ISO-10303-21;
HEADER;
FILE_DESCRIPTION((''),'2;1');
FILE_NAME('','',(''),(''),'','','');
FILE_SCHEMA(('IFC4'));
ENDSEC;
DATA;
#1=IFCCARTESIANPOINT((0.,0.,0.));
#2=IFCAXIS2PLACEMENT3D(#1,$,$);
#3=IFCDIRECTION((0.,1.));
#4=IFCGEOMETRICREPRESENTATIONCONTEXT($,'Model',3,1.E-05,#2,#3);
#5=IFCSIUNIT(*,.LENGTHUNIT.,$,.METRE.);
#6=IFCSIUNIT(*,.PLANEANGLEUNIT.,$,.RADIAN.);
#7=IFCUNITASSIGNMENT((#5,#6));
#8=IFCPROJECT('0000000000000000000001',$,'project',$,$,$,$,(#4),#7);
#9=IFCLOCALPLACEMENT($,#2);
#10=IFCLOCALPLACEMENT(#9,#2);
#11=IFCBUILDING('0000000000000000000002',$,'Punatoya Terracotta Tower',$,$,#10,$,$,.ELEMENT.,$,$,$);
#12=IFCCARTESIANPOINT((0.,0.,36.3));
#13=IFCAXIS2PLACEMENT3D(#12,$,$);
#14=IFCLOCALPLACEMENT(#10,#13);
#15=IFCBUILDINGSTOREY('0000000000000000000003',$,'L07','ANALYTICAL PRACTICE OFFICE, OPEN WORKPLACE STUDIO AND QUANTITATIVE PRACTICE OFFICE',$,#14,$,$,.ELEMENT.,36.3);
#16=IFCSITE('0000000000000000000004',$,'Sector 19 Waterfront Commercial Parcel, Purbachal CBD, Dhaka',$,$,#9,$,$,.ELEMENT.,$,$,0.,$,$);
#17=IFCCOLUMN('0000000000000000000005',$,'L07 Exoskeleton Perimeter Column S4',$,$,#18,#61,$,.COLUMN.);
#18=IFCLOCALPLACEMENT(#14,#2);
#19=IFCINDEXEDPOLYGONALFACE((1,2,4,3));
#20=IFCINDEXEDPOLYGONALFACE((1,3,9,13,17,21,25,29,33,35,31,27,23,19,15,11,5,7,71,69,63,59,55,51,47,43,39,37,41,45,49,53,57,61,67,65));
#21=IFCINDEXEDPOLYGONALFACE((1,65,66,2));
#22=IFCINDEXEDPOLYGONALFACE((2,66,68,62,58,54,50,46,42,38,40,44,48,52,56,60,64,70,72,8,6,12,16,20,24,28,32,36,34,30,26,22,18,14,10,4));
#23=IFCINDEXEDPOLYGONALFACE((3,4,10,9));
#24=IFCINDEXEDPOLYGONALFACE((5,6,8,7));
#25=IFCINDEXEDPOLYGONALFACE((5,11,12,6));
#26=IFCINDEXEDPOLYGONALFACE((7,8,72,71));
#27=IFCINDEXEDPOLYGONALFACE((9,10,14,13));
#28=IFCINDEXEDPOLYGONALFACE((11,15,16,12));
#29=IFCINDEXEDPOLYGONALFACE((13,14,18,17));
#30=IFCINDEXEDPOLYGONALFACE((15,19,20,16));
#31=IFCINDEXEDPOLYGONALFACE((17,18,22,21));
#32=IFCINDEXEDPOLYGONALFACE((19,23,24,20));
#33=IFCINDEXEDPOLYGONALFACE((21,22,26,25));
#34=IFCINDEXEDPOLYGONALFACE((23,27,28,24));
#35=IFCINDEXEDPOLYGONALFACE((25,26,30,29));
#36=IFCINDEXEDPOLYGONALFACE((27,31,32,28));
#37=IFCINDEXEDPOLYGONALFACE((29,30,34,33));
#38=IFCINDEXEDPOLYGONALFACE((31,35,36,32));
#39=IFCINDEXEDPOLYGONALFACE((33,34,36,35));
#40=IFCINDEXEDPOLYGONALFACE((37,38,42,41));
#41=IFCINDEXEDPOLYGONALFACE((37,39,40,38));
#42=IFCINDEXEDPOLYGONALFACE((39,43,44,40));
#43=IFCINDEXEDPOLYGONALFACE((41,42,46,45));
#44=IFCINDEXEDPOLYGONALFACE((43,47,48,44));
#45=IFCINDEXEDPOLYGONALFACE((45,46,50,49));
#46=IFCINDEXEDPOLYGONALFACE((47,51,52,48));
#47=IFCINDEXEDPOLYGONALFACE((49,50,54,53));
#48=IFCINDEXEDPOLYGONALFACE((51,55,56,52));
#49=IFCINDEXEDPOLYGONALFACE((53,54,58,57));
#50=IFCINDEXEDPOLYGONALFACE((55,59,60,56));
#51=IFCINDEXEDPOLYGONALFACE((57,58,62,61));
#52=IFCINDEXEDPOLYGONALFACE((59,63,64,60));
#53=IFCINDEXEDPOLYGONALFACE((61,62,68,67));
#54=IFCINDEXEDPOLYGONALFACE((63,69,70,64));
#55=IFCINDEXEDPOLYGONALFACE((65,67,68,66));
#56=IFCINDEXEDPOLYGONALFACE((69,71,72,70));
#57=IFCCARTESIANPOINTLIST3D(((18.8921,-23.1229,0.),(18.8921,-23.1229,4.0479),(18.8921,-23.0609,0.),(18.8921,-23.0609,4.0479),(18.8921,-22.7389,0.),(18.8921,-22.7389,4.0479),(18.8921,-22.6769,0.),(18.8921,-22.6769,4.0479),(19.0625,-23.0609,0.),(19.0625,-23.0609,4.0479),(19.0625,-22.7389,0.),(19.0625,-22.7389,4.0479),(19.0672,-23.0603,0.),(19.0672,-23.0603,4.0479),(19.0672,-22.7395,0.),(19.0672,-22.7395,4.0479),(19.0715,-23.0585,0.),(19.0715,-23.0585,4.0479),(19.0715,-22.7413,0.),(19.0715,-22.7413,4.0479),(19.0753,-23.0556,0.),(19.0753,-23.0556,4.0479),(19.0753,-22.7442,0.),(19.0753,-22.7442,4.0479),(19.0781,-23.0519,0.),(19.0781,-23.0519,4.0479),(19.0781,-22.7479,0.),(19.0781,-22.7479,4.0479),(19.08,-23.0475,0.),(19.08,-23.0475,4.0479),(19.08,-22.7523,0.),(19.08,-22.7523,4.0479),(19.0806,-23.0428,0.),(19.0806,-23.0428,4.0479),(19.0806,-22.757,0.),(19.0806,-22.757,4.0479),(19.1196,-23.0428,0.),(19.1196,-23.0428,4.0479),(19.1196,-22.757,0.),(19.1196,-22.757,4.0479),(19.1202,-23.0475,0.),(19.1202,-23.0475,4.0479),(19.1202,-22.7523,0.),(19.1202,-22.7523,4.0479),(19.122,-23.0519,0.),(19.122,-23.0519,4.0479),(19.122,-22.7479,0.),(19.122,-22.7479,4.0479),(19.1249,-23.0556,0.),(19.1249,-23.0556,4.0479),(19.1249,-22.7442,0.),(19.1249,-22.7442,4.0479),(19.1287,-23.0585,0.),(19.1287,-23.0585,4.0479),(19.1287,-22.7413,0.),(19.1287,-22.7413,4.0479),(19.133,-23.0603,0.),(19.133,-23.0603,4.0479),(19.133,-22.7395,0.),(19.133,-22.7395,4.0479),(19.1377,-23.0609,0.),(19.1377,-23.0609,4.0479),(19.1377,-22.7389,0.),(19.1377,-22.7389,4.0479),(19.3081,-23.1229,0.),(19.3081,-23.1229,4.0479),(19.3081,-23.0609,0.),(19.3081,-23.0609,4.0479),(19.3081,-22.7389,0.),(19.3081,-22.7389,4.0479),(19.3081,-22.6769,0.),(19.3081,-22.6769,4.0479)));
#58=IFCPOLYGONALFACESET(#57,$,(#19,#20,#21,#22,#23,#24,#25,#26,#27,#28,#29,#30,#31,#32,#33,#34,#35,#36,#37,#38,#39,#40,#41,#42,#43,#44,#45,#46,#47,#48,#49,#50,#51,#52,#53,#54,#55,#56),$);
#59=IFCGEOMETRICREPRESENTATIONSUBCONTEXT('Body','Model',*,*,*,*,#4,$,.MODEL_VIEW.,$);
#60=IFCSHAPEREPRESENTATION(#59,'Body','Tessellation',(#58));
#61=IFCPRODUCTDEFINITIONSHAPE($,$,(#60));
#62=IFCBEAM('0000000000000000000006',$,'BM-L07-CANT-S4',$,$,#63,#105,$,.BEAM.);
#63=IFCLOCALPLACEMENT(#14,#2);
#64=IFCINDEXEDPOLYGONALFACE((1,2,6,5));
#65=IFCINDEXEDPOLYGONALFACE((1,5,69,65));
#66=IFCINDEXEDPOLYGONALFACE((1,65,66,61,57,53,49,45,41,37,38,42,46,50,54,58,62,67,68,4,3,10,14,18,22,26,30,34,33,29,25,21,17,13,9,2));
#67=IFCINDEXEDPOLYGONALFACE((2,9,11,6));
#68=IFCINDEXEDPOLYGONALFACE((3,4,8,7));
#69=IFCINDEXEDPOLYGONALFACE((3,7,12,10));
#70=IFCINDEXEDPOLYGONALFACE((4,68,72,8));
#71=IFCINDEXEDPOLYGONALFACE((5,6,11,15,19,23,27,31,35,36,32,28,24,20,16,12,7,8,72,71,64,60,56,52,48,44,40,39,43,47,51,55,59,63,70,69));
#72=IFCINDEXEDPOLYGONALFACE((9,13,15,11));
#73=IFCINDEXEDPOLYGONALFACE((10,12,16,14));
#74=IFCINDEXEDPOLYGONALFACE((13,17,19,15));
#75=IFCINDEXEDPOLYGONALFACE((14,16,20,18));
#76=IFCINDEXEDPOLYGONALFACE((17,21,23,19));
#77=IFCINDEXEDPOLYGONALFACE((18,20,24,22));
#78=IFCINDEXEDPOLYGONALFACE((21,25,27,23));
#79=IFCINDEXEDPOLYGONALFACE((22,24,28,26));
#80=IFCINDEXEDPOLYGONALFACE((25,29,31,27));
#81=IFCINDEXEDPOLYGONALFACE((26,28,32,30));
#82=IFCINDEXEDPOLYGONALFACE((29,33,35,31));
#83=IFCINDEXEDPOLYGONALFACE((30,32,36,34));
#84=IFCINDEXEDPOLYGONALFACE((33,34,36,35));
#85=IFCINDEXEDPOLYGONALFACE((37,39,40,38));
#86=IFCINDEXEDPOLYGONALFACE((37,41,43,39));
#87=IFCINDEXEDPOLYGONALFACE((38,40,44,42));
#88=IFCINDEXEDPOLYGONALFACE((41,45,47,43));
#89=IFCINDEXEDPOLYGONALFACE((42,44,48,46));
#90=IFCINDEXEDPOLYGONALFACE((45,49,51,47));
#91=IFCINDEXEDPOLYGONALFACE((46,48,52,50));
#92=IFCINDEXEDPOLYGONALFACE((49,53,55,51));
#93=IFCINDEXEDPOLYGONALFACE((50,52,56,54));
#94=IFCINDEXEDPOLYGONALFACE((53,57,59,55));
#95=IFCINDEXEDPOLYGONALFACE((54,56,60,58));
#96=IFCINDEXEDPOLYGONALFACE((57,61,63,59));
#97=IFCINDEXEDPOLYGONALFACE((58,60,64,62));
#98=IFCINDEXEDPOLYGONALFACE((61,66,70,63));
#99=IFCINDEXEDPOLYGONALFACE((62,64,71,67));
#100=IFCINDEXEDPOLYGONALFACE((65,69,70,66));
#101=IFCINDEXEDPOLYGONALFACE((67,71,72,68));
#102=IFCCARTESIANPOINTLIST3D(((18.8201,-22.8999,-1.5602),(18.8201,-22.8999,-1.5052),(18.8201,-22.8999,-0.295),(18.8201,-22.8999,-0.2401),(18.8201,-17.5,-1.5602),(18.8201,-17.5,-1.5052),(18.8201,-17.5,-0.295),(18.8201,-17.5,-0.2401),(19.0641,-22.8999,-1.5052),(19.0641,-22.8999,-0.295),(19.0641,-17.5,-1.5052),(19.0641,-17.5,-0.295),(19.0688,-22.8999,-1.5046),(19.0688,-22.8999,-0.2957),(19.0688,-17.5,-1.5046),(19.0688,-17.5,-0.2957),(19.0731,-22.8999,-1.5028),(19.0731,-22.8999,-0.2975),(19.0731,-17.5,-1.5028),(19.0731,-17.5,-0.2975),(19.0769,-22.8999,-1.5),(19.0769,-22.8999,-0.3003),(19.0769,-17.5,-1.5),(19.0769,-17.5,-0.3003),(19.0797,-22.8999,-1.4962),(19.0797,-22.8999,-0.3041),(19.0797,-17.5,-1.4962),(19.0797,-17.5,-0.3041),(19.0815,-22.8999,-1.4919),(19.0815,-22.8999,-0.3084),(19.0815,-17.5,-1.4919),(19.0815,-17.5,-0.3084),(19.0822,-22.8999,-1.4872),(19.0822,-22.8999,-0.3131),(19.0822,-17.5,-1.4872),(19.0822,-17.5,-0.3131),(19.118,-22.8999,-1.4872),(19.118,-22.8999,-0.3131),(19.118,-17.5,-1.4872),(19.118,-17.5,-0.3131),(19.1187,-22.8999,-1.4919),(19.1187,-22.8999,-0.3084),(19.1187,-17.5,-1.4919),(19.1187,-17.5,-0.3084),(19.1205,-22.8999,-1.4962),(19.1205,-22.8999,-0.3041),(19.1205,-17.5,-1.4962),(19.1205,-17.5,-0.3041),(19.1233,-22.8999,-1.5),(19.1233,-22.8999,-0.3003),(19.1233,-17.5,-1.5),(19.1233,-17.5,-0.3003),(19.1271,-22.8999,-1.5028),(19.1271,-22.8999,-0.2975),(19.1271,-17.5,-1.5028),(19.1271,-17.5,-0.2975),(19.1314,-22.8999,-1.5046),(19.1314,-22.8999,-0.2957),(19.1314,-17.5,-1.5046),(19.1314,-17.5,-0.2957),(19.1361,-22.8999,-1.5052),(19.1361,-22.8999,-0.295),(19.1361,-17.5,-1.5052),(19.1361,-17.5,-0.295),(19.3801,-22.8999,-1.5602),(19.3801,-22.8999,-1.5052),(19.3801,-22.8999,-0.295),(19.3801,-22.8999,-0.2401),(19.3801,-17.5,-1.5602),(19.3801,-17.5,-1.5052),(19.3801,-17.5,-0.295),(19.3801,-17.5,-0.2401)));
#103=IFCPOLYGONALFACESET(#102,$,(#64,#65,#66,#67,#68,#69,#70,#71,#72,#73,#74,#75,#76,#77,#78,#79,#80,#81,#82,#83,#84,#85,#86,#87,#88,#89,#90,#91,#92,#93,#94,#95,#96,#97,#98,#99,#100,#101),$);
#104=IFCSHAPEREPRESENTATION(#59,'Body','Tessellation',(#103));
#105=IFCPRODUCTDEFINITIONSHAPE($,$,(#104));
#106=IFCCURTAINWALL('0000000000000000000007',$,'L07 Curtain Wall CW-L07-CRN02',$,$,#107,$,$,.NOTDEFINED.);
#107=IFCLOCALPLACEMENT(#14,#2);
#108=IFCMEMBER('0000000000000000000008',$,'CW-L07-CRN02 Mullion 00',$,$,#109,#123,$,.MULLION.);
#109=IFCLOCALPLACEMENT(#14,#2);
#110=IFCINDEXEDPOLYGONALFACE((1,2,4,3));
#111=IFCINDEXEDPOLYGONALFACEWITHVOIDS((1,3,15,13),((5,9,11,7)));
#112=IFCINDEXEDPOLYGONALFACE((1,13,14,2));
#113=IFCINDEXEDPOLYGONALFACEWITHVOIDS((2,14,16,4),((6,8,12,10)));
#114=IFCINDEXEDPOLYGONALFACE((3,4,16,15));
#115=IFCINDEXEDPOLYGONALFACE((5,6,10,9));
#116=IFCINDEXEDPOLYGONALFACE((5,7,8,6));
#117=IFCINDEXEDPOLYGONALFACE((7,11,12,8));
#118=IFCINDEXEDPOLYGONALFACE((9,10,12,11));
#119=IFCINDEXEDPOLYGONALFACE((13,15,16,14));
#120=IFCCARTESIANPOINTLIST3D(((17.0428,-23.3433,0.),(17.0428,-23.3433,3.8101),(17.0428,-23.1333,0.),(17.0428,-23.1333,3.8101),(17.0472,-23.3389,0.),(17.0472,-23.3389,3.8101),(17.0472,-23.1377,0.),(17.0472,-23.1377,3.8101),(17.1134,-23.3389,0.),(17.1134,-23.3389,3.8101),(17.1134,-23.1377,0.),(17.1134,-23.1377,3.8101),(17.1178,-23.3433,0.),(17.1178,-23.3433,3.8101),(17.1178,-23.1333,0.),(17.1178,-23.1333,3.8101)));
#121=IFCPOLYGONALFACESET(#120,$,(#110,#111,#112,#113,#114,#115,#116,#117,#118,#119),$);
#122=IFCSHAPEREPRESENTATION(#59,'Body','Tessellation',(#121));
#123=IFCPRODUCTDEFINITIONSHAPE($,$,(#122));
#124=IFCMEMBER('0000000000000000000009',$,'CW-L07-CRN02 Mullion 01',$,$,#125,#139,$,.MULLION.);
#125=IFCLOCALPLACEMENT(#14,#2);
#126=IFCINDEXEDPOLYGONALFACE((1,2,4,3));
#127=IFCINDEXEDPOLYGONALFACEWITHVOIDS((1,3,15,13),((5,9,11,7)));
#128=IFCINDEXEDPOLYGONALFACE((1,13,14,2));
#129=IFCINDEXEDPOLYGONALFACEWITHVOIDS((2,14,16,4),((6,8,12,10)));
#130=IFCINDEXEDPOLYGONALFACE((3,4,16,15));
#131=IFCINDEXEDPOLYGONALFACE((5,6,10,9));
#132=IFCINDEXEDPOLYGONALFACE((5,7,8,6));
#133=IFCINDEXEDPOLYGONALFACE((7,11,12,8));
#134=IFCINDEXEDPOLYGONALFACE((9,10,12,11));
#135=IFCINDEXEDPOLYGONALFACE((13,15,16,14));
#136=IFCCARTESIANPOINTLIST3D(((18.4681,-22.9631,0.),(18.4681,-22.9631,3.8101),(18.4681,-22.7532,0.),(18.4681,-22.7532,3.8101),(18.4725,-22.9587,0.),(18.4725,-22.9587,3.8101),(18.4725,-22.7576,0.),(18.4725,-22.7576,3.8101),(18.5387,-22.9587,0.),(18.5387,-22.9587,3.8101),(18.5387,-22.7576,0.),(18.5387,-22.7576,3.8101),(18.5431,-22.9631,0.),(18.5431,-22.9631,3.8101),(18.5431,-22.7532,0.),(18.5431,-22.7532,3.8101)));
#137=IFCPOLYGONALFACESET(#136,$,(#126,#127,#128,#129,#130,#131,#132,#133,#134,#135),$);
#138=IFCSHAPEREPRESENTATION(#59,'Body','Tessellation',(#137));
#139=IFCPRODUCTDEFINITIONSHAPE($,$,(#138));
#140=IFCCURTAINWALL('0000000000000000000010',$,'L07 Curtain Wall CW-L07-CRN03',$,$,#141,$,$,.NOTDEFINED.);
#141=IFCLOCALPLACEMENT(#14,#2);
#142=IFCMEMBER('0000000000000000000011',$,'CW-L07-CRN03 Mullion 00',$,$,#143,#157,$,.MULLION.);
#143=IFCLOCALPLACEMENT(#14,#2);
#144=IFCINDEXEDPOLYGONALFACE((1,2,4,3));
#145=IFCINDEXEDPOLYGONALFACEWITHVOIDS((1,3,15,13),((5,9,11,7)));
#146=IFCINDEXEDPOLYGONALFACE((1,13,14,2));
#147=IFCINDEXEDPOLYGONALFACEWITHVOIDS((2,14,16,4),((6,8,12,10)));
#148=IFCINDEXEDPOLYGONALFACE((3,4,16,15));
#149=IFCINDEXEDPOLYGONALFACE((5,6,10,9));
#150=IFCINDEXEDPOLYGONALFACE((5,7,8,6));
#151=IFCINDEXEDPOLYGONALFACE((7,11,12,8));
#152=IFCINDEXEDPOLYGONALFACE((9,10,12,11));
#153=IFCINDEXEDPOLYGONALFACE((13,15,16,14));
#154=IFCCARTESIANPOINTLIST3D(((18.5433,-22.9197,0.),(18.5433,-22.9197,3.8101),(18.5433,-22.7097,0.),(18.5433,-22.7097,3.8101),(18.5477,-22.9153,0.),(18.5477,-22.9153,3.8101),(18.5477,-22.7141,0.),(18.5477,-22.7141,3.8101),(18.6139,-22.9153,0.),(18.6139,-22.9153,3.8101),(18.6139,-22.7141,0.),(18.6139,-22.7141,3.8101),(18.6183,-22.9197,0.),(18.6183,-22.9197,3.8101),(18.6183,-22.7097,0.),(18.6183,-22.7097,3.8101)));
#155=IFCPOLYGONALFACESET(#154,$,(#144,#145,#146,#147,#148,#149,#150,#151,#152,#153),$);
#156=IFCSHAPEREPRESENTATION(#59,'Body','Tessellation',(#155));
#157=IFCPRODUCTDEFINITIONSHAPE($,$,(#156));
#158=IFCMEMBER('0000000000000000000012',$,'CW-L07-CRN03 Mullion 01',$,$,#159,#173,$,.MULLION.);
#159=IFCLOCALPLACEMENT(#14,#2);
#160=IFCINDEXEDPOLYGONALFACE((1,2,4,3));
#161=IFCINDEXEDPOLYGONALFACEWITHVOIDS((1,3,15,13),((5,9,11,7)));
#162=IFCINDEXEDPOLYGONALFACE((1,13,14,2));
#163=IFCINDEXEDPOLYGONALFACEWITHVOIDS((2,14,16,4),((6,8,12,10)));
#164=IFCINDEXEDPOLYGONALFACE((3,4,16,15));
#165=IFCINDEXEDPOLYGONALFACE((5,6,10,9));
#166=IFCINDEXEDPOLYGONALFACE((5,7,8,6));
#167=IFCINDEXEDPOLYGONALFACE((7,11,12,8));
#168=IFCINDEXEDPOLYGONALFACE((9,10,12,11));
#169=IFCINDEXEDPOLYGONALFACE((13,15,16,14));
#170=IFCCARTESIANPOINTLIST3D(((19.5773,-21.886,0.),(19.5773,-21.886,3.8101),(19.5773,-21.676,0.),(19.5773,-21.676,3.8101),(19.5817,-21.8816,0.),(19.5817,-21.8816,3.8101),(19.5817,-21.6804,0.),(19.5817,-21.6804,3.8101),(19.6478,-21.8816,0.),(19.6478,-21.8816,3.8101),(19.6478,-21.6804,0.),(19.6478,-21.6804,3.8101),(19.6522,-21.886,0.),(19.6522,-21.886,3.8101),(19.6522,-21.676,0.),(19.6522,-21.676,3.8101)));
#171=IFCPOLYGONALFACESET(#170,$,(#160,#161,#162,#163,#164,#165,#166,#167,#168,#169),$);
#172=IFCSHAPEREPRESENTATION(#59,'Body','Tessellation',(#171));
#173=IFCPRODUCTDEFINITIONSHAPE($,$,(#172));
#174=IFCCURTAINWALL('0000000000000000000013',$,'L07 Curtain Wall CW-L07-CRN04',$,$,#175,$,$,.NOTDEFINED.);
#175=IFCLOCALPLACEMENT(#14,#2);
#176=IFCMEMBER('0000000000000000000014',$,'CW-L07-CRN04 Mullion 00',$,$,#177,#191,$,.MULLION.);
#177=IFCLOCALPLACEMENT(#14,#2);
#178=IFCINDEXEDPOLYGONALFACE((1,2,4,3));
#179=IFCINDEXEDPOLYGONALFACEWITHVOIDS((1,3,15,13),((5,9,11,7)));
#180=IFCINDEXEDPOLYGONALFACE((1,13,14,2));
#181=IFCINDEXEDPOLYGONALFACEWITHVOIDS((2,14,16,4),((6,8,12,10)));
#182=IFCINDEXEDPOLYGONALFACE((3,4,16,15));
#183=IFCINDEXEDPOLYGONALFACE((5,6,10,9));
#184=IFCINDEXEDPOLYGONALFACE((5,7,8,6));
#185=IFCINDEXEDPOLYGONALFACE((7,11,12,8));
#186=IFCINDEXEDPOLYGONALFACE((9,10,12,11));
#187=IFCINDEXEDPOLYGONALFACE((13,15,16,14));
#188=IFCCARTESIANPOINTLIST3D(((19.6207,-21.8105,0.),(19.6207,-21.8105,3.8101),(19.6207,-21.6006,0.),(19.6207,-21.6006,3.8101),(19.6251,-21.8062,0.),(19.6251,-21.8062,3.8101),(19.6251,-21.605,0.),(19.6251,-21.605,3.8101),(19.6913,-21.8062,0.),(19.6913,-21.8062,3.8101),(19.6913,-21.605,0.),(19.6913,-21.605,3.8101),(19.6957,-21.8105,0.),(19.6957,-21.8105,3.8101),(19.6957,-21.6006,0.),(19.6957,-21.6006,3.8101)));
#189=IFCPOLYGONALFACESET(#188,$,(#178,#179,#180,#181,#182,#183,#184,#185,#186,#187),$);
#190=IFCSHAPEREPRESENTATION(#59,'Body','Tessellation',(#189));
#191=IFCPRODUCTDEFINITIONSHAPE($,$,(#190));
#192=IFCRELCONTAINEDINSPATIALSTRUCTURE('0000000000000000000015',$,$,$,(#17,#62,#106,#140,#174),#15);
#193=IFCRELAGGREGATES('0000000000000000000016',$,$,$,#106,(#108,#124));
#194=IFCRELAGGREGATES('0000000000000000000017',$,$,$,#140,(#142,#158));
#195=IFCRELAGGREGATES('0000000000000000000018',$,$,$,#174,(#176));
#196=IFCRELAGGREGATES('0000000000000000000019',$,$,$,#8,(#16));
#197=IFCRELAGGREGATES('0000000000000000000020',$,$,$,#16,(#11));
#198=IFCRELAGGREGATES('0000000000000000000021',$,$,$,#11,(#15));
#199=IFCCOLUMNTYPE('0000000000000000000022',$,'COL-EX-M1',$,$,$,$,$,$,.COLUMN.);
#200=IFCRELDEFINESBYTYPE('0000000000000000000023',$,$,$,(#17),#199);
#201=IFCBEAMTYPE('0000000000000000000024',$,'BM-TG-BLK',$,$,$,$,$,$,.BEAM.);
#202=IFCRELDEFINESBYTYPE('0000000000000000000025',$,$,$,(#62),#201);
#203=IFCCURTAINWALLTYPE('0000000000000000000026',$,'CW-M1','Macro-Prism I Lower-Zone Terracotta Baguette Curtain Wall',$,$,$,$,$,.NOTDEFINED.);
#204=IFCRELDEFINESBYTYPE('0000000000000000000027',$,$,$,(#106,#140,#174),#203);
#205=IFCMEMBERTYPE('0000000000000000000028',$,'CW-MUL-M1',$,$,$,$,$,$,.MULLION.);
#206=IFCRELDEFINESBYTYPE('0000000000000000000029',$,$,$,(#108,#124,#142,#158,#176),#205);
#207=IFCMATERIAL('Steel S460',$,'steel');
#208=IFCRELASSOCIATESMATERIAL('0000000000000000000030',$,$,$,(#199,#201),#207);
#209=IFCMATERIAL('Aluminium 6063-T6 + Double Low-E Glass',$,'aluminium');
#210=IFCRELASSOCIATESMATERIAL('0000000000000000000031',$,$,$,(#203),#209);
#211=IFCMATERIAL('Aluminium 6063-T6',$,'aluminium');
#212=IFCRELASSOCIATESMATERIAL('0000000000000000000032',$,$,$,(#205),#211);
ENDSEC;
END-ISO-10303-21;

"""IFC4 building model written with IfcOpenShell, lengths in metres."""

from ifc_helpers import new_model, si_unit, direction, frame, origin, origin_2d, place, context, subcontext, project, spatial, hollow_rectangle, i_section, extrude, material, material_profile, profile_set, type_object, element, aggregate, save


model = new_model("IFC4")

# Units and contexts
model_context = context("Model", 3, precision=1e-05, world=origin(), true_north=direction((0.0, 1.0)))
body_context = subcontext(model_context, "Body", "Model", "MODEL_VIEW")
ifc_project = project(units=[si_unit("LENGTHUNIT", "METRE"), si_unit("PLANEANGLEUNIT", "RADIAN")], contexts=[model_context])

# Site, building, storey
site_placement = place(None, origin())
site = spatial("IfcSite", under=ifc_project, at=site_placement, Name="Sector 19 Waterfront Commercial Parcel, Purbachal CBD, Dhaka", CompositionType="ELEMENT", RefElevation=0.0)
building_placement = place(site_placement, origin())
building = spatial("IfcBuilding", under=site, at=building_placement, Name="Punatoya Terracotta Tower", CompositionType="ELEMENT")
storey_placement = place(building_placement, frame((0.0, 0.0, 36.3)))
storey = spatial("IfcBuildingStorey", under=building, at=storey_placement, Name="L07", Description="ANALYTICAL PRACTICE OFFICE, OPEN WORKPLACE STUDIO AND QUANTITATIVE PRACTICE OFFICE", CompositionType="ELEMENT", Elevation=36.3)

# Column
ifc_material_1 = material(Name="Steel S460", Category="steel")
ifc_material_profile_1 = material_profile(ifc_material_1, i_section(OverallWidth=0.416, OverallDepth=0.446, WebThickness=0.0391, FlangeThickness=0.062, FilletRadius=0.0181, at=origin_2d()))
ifc_profile_set_1 = profile_set([ifc_material_profile_1], Name="Steel S460")
column_type = type_object("IfcColumnType", Name="COL-EX-M1", PredefinedType="COLUMN", material=ifc_profile_set_1)
column_placement = place(storey_placement, frame((19.1001, -22.8999, 0.0), z_axis=(0.0, 0.0, 1.0), x_axis=(1.0, 0.0, 0.0)))
element("IfcColumn", 1, at=column_placement, inside=storey, type_object=column_type, Name="L07 Exoskeleton Perimeter Column S4", PredefinedType="COLUMN", context=body_context, shape_type="SweptSolid", body=[
    extrude(i_section(OverallWidth=0.416, OverallDepth=0.446, WebThickness=0.0391, FlangeThickness=0.062, FilletRadius=0.0181, at=origin_2d()), origin(), (0.0, 0.0, 1.0), 4.0479),
])

# Beam
ifc_material_profile_2 = material_profile(ifc_material_1, i_section(OverallWidth=0.5601, OverallDepth=1.3201, WebThickness=0.0359, FlangeThickness=0.0549, FilletRadius=0.0181, at=origin_2d()))
ifc_profile_set_2 = profile_set([ifc_material_profile_2], Name="Steel S460")
beam_type = type_object("IfcBeamType", Name="BM-TG-BLK", PredefinedType="BEAM", material=ifc_profile_set_2)
beam_placement = place(storey_placement, frame((19.1001, -22.8999, -0.9001), z_axis=(0.0, 1.0, 0.0), x_axis=(-1.0, 0.0, 0.0)))
element("IfcBeam", 2, at=beam_placement, inside=storey, type_object=beam_type, Name="BM-L07-CANT-S4", PredefinedType="BEAM", context=body_context, shape_type="SweptSolid", body=[
    extrude(i_section(OverallWidth=0.5601, OverallDepth=1.3201, WebThickness=0.0359, FlangeThickness=0.0549, FilletRadius=0.0181, at=origin_2d()), origin(), (0.0, 0.0, 1.0), 5.3999),
])

# Curtain walls, members
ifc_material_2 = material(Name="Aluminium 6063-T6 + Double Low-E Glass", Category="aluminium")
curtain_wall_type = type_object("IfcCurtainWallType", Name="CW-M1", Description="Macro-Prism I Lower-Zone Terracotta Baguette Curtain Wall", PredefinedType="NOTDEFINED", material=ifc_material_2)
curtain_wall_1_placement = place(storey_placement, origin())
curtain_wall_1 = element("IfcCurtainWall", 3, at=curtain_wall_1_placement, inside=storey, type_object=curtain_wall_type, Name="L07 Curtain Wall CW-L07-CRN02", PredefinedType="NOTDEFINED")
ifc_material_3 = material(Name="Aluminium 6063-T6", Category="aluminium")
ifc_material_profile_3 = material_profile(ifc_material_3, hollow_rectangle(XDim=0.075, YDim=0.21, WallThickness=0.0044, at=origin_2d()))
ifc_profile_set_3 = profile_set([ifc_material_profile_3], Name="Aluminium 6063-T6")
member_type_1 = type_object("IfcMemberType", Name="CW-MUL-M1", PredefinedType="MULLION", material=ifc_profile_set_3)
member_1_placement = place(storey_placement, frame((17.0803, -23.2383, 0.0), z_axis=(0.0, 0.0, 1.0), x_axis=(1.0, 0.0, 0.0)))
member_1 = element("IfcMember", 4, at=member_1_placement, type_object=member_type_1, Name="CW-L07-CRN02 Mullion 00", PredefinedType="MULLION", context=body_context, shape_type="SweptSolid", body=[
    extrude(hollow_rectangle(XDim=0.075, YDim=0.21, WallThickness=0.0044, at=origin_2d()), origin(), (0.0, 0.0, 1.0), 3.8101),
])
member_2_placement = place(storey_placement, frame((18.5056, -22.8582, 0.0), z_axis=(0.0, 0.0, 1.0), x_axis=(1.0, 0.0, 0.0)))
member_2 = element("IfcMember", 5, at=member_2_placement, type_object=member_type_1, Name="CW-L07-CRN02 Mullion 01", PredefinedType="MULLION", context=body_context, shape_type="SweptSolid", body=[
    extrude(hollow_rectangle(XDim=0.075, YDim=0.21, WallThickness=0.0044, at=origin_2d()), origin(), (0.0, 0.0, 1.0), 3.8101),
])
curtain_wall_2_placement = place(storey_placement, origin())
curtain_wall_2 = element("IfcCurtainWall", 6, at=curtain_wall_2_placement, inside=storey, type_object=curtain_wall_type, Name="L07 Curtain Wall CW-L07-CRN03", PredefinedType="NOTDEFINED")
member_3_placement = place(storey_placement, frame((18.5808, -22.8147, 0.0), z_axis=(0.0, 0.0, 1.0), x_axis=(1.0, 0.0, 0.0)))
member_3 = element("IfcMember", 7, at=member_3_placement, type_object=member_type_1, Name="CW-L07-CRN03 Mullion 00", PredefinedType="MULLION", context=body_context, shape_type="SweptSolid", body=[
    extrude(hollow_rectangle(XDim=0.075, YDim=0.21, WallThickness=0.0044, at=origin_2d()), origin(), (0.0, 0.0, 1.0), 3.8101),
])
member_4_placement = place(storey_placement, frame((19.6147, -21.781, 0.0), z_axis=(0.0, 0.0, 1.0), x_axis=(1.0, 0.0, 0.0)))
member_4 = element("IfcMember", 8, at=member_4_placement, type_object=member_type_1, Name="CW-L07-CRN03 Mullion 01", PredefinedType="MULLION", context=body_context, shape_type="SweptSolid", body=[
    extrude(hollow_rectangle(XDim=0.075, YDim=0.21, WallThickness=0.0044, at=origin_2d()), origin(), (0.0, 0.0, 1.0), 3.8101),
])
curtain_wall_3_placement = place(storey_placement, origin())
curtain_wall_3 = element("IfcCurtainWall", 9, at=curtain_wall_3_placement, inside=storey, type_object=curtain_wall_type, Name="L07 Curtain Wall CW-L07-CRN04", PredefinedType="NOTDEFINED")
member_5_placement = place(storey_placement, frame((19.6582, -21.7056, 0.0), z_axis=(0.0, 0.0, 1.0), x_axis=(1.0, 0.0, 0.0)))
member_5 = element("IfcMember", 10, at=member_5_placement, type_object=member_type_1, Name="CW-L07-CRN04 Mullion 00", PredefinedType="MULLION", context=body_context, shape_type="SweptSolid", body=[
    extrude(hollow_rectangle(XDim=0.075, YDim=0.21, WallThickness=0.0044, at=origin_2d()), origin(), (0.0, 0.0, 1.0), 3.8101),
])

aggregate(curtain_wall_1, [member_1, member_2])
aggregate(curtain_wall_2, [member_3, member_4])
aggregate(curtain_wall_3, [member_5])

save(model, "model.ifc")
